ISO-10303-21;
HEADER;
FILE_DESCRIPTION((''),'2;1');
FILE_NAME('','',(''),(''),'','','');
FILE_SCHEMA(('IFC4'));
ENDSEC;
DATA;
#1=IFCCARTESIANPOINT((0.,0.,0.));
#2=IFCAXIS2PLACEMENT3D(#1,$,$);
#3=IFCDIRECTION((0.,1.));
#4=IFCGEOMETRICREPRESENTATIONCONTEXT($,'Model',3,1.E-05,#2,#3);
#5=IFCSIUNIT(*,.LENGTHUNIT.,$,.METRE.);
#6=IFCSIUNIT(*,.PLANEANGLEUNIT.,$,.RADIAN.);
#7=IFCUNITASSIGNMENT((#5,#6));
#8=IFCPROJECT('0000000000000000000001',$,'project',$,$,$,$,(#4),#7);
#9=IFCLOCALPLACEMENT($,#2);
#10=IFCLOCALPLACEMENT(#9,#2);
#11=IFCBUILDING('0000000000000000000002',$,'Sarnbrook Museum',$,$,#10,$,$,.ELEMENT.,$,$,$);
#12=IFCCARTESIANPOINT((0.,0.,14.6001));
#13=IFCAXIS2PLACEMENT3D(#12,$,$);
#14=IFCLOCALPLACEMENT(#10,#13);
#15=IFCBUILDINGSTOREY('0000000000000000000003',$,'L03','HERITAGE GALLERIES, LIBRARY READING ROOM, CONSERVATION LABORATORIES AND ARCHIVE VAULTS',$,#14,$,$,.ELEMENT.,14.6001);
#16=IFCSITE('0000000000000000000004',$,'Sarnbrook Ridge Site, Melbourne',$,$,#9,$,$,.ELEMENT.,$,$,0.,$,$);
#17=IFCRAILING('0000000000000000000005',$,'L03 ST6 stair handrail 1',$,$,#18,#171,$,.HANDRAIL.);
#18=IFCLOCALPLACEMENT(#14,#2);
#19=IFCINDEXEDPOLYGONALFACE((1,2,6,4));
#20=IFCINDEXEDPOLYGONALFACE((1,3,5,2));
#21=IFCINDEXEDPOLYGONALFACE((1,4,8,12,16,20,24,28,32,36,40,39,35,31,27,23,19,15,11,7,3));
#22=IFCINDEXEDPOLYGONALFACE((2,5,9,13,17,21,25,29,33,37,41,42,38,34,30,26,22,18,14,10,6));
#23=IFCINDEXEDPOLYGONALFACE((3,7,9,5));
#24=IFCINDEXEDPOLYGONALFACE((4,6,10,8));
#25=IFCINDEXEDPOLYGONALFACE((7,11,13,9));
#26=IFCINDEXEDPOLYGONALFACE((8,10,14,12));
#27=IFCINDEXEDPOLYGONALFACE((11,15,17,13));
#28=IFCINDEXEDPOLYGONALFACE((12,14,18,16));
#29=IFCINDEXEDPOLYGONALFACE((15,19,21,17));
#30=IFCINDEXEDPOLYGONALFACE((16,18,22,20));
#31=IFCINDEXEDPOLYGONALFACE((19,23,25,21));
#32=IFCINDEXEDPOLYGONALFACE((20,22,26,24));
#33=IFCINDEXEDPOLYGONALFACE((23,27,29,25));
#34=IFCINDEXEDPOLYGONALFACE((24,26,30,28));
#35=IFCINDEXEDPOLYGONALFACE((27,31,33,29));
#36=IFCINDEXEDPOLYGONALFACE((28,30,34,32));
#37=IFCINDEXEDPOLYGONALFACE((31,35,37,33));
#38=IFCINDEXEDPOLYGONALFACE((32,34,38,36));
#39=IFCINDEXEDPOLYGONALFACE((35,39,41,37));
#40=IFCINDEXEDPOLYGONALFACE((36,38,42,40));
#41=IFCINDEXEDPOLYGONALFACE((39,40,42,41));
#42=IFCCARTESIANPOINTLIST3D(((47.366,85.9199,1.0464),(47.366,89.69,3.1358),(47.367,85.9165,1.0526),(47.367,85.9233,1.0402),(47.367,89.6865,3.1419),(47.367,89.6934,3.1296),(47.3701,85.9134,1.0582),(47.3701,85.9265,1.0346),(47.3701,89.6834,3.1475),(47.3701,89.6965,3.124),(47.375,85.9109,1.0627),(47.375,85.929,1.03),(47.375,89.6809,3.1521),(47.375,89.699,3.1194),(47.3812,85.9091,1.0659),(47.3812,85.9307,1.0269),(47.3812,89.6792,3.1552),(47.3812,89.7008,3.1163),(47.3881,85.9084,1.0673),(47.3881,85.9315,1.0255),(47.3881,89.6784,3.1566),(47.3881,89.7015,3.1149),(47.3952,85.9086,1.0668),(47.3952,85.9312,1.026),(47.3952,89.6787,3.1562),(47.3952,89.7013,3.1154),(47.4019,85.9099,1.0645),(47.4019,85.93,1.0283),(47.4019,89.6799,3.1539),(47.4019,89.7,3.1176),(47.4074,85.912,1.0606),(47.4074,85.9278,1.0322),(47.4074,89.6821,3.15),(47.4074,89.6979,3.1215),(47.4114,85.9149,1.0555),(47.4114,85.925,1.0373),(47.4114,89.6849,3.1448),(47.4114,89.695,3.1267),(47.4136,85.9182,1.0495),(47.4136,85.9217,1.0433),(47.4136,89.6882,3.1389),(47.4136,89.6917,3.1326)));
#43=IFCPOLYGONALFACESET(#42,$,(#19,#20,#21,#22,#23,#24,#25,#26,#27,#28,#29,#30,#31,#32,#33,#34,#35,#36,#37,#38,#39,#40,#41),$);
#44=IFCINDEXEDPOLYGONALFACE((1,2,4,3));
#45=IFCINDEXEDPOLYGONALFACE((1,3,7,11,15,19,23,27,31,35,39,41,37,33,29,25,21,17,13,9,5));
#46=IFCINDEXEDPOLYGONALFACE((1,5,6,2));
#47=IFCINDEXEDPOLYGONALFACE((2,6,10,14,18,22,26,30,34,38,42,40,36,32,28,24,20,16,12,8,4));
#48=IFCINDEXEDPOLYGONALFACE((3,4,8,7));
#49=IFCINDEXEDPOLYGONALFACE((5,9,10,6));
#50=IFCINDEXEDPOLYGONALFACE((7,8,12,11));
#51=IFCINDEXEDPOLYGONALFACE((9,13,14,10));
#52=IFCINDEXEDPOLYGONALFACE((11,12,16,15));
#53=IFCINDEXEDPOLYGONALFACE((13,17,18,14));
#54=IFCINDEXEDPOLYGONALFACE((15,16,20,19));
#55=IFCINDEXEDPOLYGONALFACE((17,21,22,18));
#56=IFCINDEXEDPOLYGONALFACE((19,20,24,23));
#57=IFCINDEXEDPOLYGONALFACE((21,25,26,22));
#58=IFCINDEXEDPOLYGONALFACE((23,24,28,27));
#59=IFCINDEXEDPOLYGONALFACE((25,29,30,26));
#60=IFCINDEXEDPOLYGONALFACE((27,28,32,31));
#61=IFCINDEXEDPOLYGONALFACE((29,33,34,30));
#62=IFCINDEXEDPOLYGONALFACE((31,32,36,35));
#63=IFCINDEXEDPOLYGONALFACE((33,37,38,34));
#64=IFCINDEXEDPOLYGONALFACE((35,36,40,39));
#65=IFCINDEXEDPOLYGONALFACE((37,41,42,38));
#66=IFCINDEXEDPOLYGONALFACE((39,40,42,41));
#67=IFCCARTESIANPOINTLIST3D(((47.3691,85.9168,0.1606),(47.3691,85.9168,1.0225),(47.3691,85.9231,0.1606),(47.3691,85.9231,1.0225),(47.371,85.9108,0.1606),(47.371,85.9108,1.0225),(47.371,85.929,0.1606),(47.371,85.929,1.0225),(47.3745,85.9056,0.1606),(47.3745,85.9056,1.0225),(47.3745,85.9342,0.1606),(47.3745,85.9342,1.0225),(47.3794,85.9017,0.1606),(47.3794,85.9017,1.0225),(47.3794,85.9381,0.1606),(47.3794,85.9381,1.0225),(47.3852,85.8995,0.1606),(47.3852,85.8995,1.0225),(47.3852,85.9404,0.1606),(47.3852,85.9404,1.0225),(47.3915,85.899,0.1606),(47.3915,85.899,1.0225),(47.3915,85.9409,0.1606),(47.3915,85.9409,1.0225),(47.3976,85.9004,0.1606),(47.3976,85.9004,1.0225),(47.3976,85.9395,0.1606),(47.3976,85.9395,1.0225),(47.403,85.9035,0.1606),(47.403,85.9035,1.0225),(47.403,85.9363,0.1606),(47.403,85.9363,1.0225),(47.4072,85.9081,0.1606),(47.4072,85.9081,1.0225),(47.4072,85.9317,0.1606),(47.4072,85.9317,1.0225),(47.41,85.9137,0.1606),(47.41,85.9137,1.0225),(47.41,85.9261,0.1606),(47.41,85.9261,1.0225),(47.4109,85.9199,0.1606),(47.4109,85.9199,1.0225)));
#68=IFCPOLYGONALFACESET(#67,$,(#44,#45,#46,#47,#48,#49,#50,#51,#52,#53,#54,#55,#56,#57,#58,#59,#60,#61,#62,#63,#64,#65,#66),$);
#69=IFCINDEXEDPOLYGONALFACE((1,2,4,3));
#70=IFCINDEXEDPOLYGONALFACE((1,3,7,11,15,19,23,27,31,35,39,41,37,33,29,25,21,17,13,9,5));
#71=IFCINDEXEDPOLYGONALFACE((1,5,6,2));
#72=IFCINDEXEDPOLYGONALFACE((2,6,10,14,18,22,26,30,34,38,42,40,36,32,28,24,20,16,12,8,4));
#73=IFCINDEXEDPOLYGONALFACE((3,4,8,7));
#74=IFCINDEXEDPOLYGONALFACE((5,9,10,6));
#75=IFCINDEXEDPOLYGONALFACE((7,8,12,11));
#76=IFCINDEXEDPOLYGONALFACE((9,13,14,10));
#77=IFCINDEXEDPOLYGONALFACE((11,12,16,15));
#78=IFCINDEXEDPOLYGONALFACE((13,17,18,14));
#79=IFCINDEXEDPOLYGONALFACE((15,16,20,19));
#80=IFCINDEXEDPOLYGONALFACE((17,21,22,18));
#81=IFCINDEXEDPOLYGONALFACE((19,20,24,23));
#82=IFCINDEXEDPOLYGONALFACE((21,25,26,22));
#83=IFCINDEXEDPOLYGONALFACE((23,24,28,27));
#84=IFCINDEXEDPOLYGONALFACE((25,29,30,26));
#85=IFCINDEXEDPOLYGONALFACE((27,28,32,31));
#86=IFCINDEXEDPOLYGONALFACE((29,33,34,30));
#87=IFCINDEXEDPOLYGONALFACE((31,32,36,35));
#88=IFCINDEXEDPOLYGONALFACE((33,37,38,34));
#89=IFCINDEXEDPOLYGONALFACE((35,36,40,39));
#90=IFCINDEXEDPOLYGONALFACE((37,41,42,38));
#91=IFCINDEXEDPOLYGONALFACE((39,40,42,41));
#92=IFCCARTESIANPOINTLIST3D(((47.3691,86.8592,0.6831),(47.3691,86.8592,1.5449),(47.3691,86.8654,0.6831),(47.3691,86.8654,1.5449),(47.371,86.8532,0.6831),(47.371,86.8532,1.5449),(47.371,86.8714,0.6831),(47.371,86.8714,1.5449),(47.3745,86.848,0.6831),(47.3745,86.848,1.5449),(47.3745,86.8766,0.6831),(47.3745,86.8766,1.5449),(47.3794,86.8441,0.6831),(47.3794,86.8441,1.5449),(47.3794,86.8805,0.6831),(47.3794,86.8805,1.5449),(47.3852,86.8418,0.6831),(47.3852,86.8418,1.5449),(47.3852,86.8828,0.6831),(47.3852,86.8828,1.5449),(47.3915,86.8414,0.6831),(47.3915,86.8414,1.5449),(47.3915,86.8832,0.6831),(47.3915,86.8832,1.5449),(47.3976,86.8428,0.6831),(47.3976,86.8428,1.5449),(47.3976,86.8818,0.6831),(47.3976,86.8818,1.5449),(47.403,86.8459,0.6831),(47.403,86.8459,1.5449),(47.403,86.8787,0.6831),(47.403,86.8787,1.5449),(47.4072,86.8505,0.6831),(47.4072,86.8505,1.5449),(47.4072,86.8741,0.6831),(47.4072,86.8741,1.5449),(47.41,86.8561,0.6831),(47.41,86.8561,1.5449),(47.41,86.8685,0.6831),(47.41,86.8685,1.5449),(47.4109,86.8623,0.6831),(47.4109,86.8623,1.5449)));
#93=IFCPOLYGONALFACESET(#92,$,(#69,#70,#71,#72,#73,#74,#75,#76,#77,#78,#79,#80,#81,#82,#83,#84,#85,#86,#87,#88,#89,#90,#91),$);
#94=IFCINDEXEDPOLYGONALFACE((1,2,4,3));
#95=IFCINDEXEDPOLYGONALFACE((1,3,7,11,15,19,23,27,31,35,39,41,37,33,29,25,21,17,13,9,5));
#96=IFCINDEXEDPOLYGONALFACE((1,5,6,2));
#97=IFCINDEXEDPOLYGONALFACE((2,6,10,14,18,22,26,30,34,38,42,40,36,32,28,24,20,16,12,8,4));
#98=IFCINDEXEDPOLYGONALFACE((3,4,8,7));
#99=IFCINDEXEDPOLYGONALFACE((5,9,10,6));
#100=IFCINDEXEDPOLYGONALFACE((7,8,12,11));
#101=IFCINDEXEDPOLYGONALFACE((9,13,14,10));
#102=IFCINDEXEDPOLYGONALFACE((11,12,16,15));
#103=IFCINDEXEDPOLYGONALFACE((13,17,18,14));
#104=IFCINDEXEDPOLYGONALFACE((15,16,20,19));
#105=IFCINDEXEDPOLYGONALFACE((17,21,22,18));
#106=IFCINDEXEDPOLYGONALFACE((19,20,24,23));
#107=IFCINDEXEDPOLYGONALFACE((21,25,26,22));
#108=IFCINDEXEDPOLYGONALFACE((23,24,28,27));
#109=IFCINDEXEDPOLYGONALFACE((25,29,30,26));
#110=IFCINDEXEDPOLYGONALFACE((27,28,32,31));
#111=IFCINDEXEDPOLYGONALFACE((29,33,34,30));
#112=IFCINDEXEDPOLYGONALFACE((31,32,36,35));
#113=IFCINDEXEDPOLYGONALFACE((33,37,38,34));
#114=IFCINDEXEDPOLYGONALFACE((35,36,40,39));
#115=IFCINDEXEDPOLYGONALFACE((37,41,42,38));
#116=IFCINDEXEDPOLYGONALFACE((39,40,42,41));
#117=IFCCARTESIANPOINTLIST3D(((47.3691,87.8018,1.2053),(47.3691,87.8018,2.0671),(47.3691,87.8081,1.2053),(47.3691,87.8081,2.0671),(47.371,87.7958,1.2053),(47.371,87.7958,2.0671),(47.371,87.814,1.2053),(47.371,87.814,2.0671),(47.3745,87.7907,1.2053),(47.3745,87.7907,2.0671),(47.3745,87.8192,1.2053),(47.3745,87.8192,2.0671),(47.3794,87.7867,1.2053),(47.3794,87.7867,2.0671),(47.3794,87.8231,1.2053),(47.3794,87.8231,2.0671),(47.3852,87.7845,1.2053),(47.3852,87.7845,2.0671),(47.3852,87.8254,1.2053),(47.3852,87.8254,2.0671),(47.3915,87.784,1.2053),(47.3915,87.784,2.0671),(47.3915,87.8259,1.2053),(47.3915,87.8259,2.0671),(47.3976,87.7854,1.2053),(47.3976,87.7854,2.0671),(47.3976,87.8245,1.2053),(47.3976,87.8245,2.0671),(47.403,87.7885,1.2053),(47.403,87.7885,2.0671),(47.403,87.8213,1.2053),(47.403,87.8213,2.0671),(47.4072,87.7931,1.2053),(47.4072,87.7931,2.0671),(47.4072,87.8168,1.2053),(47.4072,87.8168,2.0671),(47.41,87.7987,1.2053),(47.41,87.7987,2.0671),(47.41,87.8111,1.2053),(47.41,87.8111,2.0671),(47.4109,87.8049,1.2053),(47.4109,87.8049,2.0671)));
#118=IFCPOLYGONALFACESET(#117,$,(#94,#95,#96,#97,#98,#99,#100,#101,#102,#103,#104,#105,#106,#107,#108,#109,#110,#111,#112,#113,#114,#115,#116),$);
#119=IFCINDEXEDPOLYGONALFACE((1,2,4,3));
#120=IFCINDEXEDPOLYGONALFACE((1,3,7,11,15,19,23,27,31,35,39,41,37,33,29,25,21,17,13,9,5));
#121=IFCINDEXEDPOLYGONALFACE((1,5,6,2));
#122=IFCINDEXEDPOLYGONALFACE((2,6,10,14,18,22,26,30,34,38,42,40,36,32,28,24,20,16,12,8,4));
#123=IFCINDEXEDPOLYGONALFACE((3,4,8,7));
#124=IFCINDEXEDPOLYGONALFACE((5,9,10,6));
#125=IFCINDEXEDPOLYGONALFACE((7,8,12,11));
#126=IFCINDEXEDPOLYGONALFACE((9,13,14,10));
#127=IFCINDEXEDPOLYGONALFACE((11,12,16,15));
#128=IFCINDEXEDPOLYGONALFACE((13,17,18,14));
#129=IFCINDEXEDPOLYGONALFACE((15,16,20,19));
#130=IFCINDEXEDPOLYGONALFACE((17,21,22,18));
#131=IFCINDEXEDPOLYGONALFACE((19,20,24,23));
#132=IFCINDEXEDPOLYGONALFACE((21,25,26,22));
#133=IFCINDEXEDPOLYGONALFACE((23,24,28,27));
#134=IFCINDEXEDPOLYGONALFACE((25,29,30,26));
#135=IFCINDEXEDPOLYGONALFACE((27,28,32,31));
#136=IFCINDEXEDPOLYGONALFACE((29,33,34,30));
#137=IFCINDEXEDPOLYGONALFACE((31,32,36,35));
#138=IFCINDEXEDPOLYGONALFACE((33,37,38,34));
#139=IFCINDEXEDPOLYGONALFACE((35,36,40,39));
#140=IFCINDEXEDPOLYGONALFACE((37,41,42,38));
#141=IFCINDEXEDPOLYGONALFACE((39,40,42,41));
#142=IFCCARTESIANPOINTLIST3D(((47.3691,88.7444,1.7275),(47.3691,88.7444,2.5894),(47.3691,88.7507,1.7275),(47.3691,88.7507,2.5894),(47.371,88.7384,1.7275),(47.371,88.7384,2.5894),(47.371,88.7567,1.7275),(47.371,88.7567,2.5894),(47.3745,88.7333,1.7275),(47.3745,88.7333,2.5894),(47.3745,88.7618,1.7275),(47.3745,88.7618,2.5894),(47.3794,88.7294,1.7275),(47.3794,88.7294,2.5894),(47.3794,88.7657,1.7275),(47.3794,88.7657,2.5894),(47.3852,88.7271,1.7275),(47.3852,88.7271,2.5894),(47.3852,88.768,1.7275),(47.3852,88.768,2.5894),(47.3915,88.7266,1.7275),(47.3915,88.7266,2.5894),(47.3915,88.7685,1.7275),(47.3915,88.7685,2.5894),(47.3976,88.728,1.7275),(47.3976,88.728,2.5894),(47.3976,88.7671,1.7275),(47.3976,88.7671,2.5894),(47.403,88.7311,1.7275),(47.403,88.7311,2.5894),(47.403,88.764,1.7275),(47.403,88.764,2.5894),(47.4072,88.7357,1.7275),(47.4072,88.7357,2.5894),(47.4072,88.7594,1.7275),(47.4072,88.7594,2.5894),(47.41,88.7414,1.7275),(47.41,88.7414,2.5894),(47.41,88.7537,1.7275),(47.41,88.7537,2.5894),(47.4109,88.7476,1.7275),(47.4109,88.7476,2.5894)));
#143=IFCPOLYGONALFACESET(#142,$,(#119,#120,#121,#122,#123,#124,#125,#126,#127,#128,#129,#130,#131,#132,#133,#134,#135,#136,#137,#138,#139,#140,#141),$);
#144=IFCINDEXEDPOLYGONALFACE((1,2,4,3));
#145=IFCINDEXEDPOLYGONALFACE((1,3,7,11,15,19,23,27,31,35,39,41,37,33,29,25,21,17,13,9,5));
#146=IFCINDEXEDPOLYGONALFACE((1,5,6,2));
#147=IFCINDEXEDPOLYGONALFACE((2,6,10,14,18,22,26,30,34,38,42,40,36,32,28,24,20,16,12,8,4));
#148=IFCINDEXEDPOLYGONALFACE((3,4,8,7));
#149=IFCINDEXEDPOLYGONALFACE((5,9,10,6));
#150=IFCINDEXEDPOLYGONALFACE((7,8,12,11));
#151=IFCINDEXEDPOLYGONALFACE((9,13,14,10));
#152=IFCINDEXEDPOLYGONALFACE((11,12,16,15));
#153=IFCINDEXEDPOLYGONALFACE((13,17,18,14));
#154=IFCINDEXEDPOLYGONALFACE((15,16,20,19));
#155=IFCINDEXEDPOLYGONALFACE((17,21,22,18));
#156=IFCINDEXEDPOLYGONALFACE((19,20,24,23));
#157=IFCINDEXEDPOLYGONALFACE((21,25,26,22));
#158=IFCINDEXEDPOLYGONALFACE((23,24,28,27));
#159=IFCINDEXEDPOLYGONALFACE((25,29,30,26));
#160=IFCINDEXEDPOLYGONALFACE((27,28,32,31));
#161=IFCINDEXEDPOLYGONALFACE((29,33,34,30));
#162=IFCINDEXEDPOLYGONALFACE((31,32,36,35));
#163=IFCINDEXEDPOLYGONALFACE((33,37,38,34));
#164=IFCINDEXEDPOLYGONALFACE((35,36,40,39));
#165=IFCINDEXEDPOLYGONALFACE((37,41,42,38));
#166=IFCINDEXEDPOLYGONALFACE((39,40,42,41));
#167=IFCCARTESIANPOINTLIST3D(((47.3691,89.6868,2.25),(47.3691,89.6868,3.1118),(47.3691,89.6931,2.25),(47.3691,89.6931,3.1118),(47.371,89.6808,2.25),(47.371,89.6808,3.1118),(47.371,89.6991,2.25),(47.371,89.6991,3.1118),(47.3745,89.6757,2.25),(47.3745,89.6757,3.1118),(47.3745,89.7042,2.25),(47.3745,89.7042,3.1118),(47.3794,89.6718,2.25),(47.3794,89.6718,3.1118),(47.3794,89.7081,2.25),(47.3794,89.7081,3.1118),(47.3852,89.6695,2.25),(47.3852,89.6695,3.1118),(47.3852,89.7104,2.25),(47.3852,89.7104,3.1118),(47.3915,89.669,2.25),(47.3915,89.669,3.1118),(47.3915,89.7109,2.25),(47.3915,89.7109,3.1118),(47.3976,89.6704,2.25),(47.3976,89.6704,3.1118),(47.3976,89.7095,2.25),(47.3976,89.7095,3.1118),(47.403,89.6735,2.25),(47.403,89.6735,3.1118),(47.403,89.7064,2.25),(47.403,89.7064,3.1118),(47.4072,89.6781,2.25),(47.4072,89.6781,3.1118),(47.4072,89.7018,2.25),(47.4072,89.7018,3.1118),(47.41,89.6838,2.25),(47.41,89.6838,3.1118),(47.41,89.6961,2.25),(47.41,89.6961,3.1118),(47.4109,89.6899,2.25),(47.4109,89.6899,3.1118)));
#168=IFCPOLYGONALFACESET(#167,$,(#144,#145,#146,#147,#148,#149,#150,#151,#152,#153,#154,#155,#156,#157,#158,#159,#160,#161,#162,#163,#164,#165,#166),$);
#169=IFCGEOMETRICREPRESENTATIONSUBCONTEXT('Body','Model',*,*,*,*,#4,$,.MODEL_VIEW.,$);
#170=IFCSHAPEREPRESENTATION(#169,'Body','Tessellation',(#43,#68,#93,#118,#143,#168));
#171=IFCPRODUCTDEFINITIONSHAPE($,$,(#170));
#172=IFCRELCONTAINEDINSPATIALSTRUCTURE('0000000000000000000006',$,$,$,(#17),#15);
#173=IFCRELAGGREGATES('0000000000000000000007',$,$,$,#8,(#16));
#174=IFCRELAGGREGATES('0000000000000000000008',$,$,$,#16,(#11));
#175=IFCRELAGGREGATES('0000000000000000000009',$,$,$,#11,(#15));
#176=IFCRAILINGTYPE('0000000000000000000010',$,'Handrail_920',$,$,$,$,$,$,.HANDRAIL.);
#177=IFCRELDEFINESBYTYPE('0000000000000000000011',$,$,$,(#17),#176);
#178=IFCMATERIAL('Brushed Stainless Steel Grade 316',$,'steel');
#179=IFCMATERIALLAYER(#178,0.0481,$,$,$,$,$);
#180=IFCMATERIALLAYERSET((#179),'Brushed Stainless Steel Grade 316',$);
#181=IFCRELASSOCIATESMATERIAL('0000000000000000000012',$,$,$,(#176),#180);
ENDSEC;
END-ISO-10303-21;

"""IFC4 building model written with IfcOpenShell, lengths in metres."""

from ifc_helpers import new_model, si_unit, direction, frame, origin, origin_2d, place, context, subcontext, project, spatial, circle, extrude, material, layer, layer_set, type_object, element, save


model = new_model("IFC4")

# Units and contexts
model_context = context("Model", 3, precision=1e-05, world=origin(), true_north=direction((0.0, 1.0)))
body_context = subcontext(model_context, "Body", "Model", "MODEL_VIEW")
ifc_project = project(units=[si_unit("LENGTHUNIT", "METRE"), si_unit("PLANEANGLEUNIT", "RADIAN")], contexts=[model_context])

# Site, building, storey
site_placement = place(None, origin())
site = spatial("IfcSite", under=ifc_project, at=site_placement, Name="Sarnbrook Ridge Site, Melbourne", CompositionType="ELEMENT", RefElevation=0.0)
building_placement = place(site_placement, origin())
building = spatial("IfcBuilding", under=site, at=building_placement, Name="Sarnbrook Museum", CompositionType="ELEMENT")
storey_placement = place(building_placement, frame((0.0, 0.0, 14.6001)))
storey = spatial("IfcBuildingStorey", under=building, at=storey_placement, Name="L03", Description="HERITAGE GALLERIES, LIBRARY READING ROOM, CONSERVATION LABORATORIES AND ARCHIVE VAULTS", CompositionType="ELEMENT", Elevation=14.6001)

# Shared definitions
ifc_material_1 = material(Name="Brushed Stainless Steel Grade 316", Category="steel")

# Railing
ifc_layer_1 = layer(ifc_material_1, 0.0481)
ifc_layer_set_1 = layer_set([ifc_layer_1], Name="Brushed Stainless Steel Grade 316")
railing_type_1 = type_object("IfcRailingType", Name="Handrail_920", PredefinedType="HANDRAIL", material=ifc_layer_set_1)
railing_1_placement = place(storey_placement, frame((47.3899, 85.9199, 0.1606)))
element("IfcRailing", 1, at=railing_1_placement, inside=storey, type_object=railing_type_1, Name="L03 ST6 stair handrail 1", PredefinedType="HANDRAIL", context=body_context, shape_type="SweptSolid", body=[
    extrude(circle(Radius=0.0239, at=origin_2d()), frame((0.0, 0.0, 0.8857), z_axis=(0.0, 0.874659, 0.484739), x_axis=(-1.0, 0.0, 0.0)), (0.0, 0.0, 1.0), 4.3103),
    extrude(circle(Radius=0.021, at=origin_2d()), origin(), (0.0, 0.0, 1.0), 0.8618),
    extrude(circle(Radius=0.021, at=origin_2d()), frame((0.0, 0.9424, 0.5225)), (0.0, 0.0, 1.0), 0.8618),
    extrude(circle(Radius=0.021, at=origin_2d()), frame((0.0, 1.885, 1.0447)), (0.0, 0.0, 1.0), 0.8618),
    extrude(circle(Radius=0.021, at=origin_2d()), frame((0.0, 2.8276, 1.5669)), (0.0, 0.0, 1.0), 0.8618),
    extrude(circle(Radius=0.021, at=origin_2d()), frame((0.0, 3.77, 2.0894)), (0.0, 0.0, 1.0), 0.8618),
])

save(model, "model.ifc")
